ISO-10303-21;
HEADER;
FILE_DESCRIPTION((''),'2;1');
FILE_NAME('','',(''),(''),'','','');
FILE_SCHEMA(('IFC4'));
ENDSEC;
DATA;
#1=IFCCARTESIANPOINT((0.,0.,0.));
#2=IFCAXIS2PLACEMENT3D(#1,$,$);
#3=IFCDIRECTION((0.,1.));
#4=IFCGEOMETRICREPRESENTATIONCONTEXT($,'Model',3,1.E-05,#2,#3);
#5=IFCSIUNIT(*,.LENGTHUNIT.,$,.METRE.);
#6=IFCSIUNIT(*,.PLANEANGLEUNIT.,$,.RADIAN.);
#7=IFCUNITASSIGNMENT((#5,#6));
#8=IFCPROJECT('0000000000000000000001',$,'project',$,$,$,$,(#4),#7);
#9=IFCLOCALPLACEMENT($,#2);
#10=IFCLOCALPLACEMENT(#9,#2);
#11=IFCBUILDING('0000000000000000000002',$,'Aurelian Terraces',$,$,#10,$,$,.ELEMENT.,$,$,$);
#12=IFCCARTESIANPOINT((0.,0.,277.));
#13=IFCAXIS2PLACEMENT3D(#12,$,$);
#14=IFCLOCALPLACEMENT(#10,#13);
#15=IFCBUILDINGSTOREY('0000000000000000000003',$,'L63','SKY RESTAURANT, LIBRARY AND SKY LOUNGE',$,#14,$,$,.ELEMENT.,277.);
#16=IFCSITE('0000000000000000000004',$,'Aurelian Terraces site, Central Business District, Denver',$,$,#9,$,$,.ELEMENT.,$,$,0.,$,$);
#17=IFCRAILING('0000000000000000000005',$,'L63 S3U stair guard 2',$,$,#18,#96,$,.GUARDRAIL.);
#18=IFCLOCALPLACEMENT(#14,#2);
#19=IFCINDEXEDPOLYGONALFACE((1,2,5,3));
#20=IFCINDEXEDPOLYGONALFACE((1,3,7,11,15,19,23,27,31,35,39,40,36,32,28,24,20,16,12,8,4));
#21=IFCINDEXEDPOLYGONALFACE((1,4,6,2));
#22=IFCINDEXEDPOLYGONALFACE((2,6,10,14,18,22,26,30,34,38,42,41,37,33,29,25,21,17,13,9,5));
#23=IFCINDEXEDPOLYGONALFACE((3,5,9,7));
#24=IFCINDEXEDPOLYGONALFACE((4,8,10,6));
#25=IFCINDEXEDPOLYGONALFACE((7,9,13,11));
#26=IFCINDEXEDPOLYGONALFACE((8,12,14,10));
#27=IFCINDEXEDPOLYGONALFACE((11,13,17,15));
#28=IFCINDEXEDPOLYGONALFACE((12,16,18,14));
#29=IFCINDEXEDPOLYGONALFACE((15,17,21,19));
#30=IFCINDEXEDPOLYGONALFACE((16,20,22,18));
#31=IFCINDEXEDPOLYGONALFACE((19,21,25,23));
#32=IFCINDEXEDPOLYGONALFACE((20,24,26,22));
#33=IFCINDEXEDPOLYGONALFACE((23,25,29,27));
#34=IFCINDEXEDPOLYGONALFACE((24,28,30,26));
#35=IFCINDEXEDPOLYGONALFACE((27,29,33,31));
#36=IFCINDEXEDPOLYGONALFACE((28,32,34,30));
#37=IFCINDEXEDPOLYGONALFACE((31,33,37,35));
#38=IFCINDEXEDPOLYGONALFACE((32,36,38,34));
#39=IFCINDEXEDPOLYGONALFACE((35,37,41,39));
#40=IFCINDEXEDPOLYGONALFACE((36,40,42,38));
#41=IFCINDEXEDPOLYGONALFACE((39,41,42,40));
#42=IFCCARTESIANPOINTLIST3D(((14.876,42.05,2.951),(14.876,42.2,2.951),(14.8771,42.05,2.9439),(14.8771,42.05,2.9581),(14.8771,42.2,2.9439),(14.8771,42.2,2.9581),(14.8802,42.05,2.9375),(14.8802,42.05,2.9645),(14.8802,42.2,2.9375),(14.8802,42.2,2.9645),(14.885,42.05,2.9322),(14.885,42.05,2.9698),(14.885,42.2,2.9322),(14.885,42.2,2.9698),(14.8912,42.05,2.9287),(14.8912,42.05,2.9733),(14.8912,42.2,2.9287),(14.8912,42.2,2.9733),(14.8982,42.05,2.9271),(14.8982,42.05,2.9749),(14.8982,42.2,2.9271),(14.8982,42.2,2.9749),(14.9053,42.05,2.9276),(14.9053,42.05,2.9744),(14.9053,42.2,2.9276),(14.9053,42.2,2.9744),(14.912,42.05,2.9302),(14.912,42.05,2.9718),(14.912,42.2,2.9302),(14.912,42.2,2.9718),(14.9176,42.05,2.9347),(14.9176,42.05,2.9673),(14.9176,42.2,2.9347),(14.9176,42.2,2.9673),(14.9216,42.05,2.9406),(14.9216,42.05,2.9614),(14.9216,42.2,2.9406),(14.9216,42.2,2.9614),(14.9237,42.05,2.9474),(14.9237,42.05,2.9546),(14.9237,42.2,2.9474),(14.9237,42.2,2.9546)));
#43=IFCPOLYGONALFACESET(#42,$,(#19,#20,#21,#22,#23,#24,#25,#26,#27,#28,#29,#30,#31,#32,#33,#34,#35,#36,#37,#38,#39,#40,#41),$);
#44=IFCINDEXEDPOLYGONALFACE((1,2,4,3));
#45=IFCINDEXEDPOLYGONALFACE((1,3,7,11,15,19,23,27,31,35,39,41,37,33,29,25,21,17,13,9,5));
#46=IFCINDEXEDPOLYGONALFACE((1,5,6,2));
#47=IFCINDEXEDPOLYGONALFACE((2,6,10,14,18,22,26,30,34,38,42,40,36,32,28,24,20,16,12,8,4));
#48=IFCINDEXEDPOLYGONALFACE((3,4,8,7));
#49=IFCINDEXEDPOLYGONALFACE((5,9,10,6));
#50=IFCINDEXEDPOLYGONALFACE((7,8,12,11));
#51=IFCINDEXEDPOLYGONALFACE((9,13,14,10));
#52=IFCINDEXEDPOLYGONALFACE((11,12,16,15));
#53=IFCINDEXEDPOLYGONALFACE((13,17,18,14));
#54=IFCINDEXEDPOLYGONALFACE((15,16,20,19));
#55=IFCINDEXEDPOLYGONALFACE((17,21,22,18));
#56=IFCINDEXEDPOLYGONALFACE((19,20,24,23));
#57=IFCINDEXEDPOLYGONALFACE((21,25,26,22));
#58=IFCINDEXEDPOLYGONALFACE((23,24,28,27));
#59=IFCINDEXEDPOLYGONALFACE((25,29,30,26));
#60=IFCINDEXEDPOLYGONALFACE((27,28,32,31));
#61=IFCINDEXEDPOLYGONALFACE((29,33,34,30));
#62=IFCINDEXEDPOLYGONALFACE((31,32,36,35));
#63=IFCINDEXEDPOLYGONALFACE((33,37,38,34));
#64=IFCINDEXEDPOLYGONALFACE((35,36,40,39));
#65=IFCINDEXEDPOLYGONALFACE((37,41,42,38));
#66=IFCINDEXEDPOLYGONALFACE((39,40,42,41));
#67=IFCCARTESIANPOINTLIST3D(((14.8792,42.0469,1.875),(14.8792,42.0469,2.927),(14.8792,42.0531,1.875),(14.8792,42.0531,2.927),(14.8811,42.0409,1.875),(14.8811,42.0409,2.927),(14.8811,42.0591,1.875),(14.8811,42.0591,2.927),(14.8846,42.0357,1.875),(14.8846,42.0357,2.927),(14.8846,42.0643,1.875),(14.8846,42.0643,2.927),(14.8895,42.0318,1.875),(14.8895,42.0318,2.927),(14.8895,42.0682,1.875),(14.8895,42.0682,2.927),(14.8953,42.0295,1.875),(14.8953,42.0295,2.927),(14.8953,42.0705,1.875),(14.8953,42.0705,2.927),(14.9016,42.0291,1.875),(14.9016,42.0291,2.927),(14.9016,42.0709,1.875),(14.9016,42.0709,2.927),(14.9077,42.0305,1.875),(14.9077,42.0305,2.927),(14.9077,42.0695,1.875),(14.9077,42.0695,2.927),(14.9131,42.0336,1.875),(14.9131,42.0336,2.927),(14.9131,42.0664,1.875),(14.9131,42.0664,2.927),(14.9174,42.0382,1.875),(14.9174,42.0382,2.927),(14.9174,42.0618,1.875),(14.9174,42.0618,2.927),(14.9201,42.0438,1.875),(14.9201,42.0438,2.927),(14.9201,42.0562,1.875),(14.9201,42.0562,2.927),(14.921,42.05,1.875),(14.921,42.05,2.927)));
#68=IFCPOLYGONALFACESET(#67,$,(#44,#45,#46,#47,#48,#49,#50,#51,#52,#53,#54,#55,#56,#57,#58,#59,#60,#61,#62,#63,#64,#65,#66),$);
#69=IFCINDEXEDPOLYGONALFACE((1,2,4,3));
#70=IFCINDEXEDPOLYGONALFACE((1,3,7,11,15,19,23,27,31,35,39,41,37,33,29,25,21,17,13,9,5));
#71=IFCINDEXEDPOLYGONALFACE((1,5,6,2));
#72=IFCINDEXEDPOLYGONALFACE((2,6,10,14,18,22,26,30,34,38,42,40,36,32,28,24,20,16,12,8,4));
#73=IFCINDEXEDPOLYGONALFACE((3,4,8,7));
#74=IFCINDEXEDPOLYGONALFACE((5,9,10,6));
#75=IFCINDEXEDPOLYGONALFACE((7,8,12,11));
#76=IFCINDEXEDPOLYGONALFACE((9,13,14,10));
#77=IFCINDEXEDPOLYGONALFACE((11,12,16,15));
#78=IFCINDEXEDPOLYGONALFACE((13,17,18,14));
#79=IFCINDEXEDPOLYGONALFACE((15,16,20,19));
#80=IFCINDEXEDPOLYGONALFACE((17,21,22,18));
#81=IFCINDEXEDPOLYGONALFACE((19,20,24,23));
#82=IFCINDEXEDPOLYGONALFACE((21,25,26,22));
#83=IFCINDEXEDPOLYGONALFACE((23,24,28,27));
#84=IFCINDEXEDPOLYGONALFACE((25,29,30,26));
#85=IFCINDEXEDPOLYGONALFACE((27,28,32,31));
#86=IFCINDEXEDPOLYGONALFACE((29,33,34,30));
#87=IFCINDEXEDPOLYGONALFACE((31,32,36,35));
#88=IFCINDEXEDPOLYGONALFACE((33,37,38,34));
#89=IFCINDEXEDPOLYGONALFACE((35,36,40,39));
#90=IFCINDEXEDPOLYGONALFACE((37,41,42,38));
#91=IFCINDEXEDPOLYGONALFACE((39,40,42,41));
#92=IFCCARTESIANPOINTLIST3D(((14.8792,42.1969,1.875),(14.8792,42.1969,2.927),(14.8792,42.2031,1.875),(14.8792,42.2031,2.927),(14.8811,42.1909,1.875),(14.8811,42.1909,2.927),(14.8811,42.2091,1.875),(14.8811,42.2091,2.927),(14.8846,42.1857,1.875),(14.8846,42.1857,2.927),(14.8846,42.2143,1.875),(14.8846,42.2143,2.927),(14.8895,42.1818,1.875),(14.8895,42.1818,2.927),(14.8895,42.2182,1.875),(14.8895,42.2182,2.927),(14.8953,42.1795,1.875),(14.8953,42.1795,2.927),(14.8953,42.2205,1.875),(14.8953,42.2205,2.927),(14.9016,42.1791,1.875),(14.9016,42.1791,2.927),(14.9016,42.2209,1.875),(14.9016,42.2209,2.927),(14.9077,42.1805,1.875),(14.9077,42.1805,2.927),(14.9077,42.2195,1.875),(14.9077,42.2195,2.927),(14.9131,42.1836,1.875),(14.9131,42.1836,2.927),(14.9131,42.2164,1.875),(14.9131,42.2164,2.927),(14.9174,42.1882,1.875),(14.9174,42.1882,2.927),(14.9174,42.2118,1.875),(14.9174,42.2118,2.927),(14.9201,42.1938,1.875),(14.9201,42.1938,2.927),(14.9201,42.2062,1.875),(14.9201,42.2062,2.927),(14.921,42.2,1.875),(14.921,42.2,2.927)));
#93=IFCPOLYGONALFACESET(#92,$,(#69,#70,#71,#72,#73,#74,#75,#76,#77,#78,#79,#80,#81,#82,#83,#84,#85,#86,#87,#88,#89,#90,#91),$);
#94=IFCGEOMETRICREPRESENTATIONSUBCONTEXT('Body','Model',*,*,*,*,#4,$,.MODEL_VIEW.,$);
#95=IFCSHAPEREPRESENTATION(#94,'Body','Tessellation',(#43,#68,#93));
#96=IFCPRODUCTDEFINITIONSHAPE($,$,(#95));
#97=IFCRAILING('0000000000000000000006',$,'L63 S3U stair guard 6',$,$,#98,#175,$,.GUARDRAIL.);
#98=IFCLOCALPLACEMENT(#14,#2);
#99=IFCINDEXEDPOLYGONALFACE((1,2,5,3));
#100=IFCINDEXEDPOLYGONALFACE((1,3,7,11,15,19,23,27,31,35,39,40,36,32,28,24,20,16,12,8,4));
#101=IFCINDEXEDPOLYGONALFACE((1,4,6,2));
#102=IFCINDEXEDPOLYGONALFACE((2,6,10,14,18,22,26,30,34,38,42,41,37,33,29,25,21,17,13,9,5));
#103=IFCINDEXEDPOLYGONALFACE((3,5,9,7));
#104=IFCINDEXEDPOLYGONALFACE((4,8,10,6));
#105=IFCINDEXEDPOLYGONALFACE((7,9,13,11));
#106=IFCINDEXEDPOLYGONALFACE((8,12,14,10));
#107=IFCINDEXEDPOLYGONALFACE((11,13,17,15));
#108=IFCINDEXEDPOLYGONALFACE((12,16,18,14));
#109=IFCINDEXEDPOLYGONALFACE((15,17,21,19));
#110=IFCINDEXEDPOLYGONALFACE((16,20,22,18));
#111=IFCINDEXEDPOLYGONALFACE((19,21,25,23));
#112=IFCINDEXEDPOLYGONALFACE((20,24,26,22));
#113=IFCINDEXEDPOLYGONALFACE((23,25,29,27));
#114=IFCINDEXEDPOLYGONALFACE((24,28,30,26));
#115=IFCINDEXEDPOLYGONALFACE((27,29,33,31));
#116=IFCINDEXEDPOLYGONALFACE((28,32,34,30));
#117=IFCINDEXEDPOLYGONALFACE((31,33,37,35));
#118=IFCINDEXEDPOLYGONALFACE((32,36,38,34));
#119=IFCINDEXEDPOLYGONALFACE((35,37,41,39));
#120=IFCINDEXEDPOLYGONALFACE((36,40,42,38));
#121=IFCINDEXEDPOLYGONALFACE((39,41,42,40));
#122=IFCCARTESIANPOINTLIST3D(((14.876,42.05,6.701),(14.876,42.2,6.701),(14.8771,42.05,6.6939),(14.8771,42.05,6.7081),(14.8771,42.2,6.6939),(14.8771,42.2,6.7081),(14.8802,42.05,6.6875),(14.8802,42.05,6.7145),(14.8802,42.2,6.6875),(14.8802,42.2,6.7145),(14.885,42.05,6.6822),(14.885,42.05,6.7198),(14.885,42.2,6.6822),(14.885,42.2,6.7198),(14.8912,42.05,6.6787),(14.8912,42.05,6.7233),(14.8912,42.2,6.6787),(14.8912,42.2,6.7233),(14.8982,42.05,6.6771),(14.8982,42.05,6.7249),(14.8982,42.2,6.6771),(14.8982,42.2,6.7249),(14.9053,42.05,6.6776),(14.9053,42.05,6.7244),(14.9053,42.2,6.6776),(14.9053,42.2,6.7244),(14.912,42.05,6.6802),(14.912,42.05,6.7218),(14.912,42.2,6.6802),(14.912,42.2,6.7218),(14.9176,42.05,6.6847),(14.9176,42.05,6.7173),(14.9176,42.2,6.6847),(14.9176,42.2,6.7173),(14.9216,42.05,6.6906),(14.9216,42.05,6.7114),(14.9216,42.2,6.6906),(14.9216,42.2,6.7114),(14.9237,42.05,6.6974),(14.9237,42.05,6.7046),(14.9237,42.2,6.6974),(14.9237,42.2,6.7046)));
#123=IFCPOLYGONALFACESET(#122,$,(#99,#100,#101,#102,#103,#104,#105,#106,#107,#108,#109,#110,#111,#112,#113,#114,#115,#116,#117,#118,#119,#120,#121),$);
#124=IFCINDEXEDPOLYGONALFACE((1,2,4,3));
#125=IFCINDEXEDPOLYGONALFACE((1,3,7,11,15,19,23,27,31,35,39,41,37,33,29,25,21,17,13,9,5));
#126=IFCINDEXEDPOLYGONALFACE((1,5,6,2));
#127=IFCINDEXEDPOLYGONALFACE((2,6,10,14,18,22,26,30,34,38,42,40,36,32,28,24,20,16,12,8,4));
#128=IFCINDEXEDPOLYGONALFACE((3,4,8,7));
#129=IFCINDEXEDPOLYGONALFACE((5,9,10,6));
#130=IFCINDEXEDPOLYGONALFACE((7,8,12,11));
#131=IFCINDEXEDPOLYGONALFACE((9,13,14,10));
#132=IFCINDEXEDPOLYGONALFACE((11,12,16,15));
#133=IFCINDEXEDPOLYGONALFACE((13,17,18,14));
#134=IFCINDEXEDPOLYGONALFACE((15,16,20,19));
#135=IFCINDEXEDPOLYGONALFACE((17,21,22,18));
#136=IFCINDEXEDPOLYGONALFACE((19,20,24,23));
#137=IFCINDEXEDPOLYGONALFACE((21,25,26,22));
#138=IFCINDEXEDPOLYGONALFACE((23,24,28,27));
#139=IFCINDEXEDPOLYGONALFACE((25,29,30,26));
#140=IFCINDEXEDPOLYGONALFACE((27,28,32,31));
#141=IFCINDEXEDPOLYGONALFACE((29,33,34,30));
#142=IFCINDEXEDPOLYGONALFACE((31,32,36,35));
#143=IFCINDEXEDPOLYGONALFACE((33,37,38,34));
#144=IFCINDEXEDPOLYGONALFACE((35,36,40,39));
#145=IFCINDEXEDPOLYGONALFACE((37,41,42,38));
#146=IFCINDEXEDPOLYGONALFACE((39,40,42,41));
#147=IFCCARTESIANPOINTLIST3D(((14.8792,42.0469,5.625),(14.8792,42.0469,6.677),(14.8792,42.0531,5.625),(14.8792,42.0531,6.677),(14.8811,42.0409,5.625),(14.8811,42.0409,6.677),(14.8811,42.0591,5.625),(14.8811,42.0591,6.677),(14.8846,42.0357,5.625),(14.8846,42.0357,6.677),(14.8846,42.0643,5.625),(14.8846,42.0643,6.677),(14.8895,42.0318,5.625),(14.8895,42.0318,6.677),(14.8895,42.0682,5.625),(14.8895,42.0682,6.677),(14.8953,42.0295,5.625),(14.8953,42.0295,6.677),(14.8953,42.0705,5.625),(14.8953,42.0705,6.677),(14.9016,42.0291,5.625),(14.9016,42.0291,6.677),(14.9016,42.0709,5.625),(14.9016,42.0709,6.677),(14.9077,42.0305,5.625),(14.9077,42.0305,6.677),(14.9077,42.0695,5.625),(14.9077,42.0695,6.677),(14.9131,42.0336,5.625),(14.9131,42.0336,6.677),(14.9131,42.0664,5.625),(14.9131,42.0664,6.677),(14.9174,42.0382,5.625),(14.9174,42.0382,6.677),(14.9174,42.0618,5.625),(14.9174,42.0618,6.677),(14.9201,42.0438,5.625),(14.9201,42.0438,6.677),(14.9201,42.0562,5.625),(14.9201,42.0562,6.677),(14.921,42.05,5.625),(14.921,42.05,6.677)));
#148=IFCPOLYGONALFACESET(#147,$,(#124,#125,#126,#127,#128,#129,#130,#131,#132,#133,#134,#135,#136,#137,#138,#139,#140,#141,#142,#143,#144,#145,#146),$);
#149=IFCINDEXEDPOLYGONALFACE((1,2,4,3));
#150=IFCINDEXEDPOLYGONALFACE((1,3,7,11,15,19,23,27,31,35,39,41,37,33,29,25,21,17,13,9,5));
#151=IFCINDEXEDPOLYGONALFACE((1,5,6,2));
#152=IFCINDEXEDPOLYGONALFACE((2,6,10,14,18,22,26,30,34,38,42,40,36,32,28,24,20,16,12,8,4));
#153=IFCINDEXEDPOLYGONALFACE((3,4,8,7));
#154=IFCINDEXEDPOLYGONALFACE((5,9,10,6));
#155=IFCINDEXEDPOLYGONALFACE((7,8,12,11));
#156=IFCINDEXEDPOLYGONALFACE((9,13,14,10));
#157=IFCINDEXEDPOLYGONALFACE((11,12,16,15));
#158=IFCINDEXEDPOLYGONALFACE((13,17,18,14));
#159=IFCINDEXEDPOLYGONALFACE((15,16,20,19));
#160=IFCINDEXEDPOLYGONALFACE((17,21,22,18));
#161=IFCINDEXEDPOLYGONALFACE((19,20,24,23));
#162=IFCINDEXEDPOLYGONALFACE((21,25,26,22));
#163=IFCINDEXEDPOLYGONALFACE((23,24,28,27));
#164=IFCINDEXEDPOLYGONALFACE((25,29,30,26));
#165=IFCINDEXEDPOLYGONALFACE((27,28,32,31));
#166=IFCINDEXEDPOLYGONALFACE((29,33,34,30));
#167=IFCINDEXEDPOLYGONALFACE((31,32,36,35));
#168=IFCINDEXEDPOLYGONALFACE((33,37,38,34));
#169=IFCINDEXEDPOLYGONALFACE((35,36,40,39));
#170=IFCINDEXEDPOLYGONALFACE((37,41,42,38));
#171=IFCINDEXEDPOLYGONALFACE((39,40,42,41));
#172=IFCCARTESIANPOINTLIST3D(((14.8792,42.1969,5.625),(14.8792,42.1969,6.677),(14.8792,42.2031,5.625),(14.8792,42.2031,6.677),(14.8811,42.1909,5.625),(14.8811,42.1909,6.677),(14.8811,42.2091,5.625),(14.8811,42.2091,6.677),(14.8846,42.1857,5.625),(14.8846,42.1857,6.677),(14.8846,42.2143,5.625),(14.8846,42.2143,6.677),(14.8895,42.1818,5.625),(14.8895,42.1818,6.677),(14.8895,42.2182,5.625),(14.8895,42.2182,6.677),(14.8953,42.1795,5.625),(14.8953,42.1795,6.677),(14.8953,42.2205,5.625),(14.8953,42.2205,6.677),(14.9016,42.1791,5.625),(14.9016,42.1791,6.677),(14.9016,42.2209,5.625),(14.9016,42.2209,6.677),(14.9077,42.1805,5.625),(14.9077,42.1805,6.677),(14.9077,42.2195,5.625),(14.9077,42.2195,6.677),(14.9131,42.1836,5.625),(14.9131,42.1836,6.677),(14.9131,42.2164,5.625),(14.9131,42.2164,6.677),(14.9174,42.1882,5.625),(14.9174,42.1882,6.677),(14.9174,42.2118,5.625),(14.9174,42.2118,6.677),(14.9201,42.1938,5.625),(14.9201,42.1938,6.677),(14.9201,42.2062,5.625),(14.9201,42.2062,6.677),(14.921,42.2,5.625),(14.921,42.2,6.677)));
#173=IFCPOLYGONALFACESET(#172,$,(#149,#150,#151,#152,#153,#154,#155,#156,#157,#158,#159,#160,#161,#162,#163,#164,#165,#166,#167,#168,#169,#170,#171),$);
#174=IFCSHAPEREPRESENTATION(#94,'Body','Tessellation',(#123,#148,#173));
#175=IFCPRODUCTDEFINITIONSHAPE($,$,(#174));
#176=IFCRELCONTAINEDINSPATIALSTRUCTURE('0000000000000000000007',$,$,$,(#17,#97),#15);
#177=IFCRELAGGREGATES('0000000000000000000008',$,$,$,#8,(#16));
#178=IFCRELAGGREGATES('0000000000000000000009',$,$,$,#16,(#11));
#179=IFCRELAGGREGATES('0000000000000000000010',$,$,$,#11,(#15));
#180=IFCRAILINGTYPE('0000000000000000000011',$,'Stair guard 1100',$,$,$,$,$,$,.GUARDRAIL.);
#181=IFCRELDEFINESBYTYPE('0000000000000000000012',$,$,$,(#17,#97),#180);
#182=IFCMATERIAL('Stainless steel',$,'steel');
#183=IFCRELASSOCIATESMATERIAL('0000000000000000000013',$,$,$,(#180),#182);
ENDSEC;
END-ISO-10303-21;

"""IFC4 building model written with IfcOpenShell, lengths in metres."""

from ifc_helpers import new_model, si_unit, direction, frame, origin, origin_2d, place, context, subcontext, project, spatial, circle, extrude, source, transform, mapped, material, type_object, element, save


model = new_model("IFC4")

# Units and contexts
model_context = context("Model", 3, precision=1e-05, world=origin(), true_north=direction((0.0, 1.0)))
body_context = subcontext(model_context, "Body", "Model", "MODEL_VIEW")
ifc_project = project(units=[si_unit("LENGTHUNIT", "METRE"), si_unit("PLANEANGLEUNIT", "RADIAN")], contexts=[model_context])

# Site, building, storey
site_placement = place(None, origin())
site = spatial("IfcSite", under=ifc_project, at=site_placement, Name="Aurelian Terraces site, Central Business District, Denver", CompositionType="ELEMENT", RefElevation=0.0)
building_placement = place(site_placement, origin())
building = spatial("IfcBuilding", under=site, at=building_placement, Name="Aurelian Terraces", CompositionType="ELEMENT")
storey_placement = place(building_placement, frame((0.0, 0.0, 277.0)))
storey = spatial("IfcBuildingStorey", under=building, at=storey_placement, Name="L63", Description="SKY RESTAURANT, LIBRARY AND SKY LOUNGE", CompositionType="ELEMENT", Elevation=277.0)

# Railings
ifc_material_1 = material(Name="Stainless steel", Category="steel")
railing_type_1 = type_object("IfcRailingType", Name="Stair guard 1100", PredefinedType="GUARDRAIL", material=ifc_material_1)
shared_shape_1 = source(origin(), body_context, "Body", "SweptSolid", [
    extrude(circle(Radius=0.024, at=origin_2d()), frame((0.0, 0.0, 1.076), z_axis=(0.0, 1.0, 0.0), x_axis=(-1.0, 0.0, 0.0)), (0.0, 0.0, 1.0), 0.15),
    extrude(circle(Radius=0.021, at=origin_2d()), origin(), (0.0, 0.0, 1.0), 1.052),
    extrude(circle(Radius=0.021, at=origin_2d()), frame((0.0, 0.15, 0.0)), (0.0, 0.0, 1.0), 1.052),
])
for number, where, name in (
    (1, (14.9, 42.05, 1.875), "L63 S3U stair guard 2"),
    (2, (14.9, 42.05, 5.625), "L63 S3U stair guard 6"),
):
    element("IfcRailing", number, at=place(storey_placement, frame(where)), inside=storey, type_object=railing_type_1, Name=name, PredefinedType="GUARDRAIL", context=body_context, shape_type="MappedRepresentation", body=[
        mapped(shared_shape_1, transform((0.0, 0.0, 0.0), scale=1.0)),
    ])

save(model, "model.ifc")
